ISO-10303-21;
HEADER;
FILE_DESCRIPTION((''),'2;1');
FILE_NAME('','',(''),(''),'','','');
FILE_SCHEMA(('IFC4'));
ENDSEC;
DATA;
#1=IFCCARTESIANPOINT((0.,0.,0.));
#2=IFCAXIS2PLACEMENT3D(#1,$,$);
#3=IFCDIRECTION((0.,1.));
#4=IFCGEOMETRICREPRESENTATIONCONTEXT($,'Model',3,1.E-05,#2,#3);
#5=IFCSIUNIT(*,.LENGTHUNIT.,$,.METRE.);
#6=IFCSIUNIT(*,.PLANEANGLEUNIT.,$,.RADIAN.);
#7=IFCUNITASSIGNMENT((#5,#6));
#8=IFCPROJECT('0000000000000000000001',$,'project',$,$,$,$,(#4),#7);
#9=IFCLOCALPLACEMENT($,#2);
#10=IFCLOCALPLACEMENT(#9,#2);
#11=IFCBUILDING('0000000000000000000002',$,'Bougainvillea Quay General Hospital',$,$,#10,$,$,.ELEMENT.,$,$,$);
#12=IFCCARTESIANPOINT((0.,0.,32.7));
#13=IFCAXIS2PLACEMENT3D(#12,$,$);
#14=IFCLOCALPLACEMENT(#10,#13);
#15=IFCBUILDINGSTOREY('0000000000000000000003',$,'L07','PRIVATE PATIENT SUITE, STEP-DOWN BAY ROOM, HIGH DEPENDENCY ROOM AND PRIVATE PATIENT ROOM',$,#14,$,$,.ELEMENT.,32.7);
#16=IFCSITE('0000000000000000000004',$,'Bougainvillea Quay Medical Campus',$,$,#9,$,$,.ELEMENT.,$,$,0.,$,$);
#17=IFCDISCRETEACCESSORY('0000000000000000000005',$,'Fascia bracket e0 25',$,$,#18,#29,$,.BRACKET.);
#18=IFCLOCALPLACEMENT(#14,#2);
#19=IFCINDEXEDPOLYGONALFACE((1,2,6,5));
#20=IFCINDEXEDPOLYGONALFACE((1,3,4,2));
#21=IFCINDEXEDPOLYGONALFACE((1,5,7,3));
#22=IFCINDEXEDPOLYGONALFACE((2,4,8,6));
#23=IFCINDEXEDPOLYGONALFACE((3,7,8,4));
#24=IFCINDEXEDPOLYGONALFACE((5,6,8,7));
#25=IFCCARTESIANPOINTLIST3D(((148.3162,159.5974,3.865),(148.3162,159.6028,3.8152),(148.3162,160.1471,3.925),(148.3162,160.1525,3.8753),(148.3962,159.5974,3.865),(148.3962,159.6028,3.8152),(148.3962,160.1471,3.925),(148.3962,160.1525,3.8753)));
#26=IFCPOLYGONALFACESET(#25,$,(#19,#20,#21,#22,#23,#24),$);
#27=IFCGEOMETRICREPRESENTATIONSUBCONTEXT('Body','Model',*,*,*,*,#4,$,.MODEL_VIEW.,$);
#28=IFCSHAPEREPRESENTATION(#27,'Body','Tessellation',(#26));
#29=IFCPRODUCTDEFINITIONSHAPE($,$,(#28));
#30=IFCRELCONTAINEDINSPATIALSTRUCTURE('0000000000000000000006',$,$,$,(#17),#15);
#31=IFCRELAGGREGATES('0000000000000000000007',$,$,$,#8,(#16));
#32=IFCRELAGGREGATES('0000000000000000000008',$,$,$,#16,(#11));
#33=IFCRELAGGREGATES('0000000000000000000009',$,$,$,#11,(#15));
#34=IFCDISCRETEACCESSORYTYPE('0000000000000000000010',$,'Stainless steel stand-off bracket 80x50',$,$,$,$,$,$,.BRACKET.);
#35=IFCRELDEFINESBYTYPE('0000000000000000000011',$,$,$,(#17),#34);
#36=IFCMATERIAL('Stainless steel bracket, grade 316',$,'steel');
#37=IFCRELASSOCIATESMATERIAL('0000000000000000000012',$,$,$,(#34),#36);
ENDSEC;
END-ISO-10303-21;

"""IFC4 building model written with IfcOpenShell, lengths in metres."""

from ifc_helpers import new_model, si_unit, direction, frame, origin, origin_2d, place, context, subcontext, project, spatial, rectangle, extrude, material, material_profile, profile_set, type_object, element, save


model = new_model("IFC4")

# Units and contexts
model_context = context("Model", 3, precision=1e-05, world=origin(), true_north=direction((0.0, 1.0)))
body_context = subcontext(model_context, "Body", "Model", "MODEL_VIEW")
ifc_project = project(units=[si_unit("LENGTHUNIT", "METRE"), si_unit("PLANEANGLEUNIT", "RADIAN")], contexts=[model_context])

# Site, building, storey
site_placement = place(None, origin())
site = spatial("IfcSite", under=ifc_project, at=site_placement, Name="Bougainvillea Quay Medical Campus", CompositionType="ELEMENT", RefElevation=0.0)
building_placement = place(site_placement, origin())
building = spatial("IfcBuilding", under=site, at=building_placement, Name="Bougainvillea Quay General Hospital", CompositionType="ELEMENT")
storey_placement = place(building_placement, frame((0.0, 0.0, 32.7)))
storey = spatial("IfcBuildingStorey", under=building, at=storey_placement, Name="L07", Description="PRIVATE PATIENT SUITE, STEP-DOWN BAY ROOM, HIGH DEPENDENCY ROOM AND PRIVATE PATIENT ROOM", CompositionType="ELEMENT", Elevation=32.7)

# Discrete accessory
ifc_material_1 = material(Name="Stainless steel bracket, grade 316", Category="steel")
ifc_material_profile_1 = material_profile(ifc_material_1, rectangle(XDim=0.0801, YDim=0.05, at=origin_2d()))
ifc_profile_set_1 = profile_set([ifc_material_profile_1], Name="Stainless steel bracket, grade 316")
discrete_accessory_type_1 = type_object("IfcDiscreteAccessoryType", Name="Stainless steel stand-off bracket 80x50", PredefinedType="BRACKET", material=ifc_profile_set_1)
discrete_accessory_1_placement = place(storey_placement, frame((148.3562, 159.6001, 3.8401), z_axis=(0.0, 0.994087, 0.10859), x_axis=(-1.0, 0.0, 0.0)))
element("IfcDiscreteAccessory", 1, at=discrete_accessory_1_placement, inside=storey, type_object=discrete_accessory_type_1, Name="Fascia bracket e0 25", PredefinedType="BRACKET", context=body_context, shape_type="SweptSolid", body=[
    extrude(rectangle(XDim=0.0801, YDim=0.05, at=origin_2d()), origin(), (0.0, 0.0, 1.0), 0.553),
])

save(model, "model.ifc")
